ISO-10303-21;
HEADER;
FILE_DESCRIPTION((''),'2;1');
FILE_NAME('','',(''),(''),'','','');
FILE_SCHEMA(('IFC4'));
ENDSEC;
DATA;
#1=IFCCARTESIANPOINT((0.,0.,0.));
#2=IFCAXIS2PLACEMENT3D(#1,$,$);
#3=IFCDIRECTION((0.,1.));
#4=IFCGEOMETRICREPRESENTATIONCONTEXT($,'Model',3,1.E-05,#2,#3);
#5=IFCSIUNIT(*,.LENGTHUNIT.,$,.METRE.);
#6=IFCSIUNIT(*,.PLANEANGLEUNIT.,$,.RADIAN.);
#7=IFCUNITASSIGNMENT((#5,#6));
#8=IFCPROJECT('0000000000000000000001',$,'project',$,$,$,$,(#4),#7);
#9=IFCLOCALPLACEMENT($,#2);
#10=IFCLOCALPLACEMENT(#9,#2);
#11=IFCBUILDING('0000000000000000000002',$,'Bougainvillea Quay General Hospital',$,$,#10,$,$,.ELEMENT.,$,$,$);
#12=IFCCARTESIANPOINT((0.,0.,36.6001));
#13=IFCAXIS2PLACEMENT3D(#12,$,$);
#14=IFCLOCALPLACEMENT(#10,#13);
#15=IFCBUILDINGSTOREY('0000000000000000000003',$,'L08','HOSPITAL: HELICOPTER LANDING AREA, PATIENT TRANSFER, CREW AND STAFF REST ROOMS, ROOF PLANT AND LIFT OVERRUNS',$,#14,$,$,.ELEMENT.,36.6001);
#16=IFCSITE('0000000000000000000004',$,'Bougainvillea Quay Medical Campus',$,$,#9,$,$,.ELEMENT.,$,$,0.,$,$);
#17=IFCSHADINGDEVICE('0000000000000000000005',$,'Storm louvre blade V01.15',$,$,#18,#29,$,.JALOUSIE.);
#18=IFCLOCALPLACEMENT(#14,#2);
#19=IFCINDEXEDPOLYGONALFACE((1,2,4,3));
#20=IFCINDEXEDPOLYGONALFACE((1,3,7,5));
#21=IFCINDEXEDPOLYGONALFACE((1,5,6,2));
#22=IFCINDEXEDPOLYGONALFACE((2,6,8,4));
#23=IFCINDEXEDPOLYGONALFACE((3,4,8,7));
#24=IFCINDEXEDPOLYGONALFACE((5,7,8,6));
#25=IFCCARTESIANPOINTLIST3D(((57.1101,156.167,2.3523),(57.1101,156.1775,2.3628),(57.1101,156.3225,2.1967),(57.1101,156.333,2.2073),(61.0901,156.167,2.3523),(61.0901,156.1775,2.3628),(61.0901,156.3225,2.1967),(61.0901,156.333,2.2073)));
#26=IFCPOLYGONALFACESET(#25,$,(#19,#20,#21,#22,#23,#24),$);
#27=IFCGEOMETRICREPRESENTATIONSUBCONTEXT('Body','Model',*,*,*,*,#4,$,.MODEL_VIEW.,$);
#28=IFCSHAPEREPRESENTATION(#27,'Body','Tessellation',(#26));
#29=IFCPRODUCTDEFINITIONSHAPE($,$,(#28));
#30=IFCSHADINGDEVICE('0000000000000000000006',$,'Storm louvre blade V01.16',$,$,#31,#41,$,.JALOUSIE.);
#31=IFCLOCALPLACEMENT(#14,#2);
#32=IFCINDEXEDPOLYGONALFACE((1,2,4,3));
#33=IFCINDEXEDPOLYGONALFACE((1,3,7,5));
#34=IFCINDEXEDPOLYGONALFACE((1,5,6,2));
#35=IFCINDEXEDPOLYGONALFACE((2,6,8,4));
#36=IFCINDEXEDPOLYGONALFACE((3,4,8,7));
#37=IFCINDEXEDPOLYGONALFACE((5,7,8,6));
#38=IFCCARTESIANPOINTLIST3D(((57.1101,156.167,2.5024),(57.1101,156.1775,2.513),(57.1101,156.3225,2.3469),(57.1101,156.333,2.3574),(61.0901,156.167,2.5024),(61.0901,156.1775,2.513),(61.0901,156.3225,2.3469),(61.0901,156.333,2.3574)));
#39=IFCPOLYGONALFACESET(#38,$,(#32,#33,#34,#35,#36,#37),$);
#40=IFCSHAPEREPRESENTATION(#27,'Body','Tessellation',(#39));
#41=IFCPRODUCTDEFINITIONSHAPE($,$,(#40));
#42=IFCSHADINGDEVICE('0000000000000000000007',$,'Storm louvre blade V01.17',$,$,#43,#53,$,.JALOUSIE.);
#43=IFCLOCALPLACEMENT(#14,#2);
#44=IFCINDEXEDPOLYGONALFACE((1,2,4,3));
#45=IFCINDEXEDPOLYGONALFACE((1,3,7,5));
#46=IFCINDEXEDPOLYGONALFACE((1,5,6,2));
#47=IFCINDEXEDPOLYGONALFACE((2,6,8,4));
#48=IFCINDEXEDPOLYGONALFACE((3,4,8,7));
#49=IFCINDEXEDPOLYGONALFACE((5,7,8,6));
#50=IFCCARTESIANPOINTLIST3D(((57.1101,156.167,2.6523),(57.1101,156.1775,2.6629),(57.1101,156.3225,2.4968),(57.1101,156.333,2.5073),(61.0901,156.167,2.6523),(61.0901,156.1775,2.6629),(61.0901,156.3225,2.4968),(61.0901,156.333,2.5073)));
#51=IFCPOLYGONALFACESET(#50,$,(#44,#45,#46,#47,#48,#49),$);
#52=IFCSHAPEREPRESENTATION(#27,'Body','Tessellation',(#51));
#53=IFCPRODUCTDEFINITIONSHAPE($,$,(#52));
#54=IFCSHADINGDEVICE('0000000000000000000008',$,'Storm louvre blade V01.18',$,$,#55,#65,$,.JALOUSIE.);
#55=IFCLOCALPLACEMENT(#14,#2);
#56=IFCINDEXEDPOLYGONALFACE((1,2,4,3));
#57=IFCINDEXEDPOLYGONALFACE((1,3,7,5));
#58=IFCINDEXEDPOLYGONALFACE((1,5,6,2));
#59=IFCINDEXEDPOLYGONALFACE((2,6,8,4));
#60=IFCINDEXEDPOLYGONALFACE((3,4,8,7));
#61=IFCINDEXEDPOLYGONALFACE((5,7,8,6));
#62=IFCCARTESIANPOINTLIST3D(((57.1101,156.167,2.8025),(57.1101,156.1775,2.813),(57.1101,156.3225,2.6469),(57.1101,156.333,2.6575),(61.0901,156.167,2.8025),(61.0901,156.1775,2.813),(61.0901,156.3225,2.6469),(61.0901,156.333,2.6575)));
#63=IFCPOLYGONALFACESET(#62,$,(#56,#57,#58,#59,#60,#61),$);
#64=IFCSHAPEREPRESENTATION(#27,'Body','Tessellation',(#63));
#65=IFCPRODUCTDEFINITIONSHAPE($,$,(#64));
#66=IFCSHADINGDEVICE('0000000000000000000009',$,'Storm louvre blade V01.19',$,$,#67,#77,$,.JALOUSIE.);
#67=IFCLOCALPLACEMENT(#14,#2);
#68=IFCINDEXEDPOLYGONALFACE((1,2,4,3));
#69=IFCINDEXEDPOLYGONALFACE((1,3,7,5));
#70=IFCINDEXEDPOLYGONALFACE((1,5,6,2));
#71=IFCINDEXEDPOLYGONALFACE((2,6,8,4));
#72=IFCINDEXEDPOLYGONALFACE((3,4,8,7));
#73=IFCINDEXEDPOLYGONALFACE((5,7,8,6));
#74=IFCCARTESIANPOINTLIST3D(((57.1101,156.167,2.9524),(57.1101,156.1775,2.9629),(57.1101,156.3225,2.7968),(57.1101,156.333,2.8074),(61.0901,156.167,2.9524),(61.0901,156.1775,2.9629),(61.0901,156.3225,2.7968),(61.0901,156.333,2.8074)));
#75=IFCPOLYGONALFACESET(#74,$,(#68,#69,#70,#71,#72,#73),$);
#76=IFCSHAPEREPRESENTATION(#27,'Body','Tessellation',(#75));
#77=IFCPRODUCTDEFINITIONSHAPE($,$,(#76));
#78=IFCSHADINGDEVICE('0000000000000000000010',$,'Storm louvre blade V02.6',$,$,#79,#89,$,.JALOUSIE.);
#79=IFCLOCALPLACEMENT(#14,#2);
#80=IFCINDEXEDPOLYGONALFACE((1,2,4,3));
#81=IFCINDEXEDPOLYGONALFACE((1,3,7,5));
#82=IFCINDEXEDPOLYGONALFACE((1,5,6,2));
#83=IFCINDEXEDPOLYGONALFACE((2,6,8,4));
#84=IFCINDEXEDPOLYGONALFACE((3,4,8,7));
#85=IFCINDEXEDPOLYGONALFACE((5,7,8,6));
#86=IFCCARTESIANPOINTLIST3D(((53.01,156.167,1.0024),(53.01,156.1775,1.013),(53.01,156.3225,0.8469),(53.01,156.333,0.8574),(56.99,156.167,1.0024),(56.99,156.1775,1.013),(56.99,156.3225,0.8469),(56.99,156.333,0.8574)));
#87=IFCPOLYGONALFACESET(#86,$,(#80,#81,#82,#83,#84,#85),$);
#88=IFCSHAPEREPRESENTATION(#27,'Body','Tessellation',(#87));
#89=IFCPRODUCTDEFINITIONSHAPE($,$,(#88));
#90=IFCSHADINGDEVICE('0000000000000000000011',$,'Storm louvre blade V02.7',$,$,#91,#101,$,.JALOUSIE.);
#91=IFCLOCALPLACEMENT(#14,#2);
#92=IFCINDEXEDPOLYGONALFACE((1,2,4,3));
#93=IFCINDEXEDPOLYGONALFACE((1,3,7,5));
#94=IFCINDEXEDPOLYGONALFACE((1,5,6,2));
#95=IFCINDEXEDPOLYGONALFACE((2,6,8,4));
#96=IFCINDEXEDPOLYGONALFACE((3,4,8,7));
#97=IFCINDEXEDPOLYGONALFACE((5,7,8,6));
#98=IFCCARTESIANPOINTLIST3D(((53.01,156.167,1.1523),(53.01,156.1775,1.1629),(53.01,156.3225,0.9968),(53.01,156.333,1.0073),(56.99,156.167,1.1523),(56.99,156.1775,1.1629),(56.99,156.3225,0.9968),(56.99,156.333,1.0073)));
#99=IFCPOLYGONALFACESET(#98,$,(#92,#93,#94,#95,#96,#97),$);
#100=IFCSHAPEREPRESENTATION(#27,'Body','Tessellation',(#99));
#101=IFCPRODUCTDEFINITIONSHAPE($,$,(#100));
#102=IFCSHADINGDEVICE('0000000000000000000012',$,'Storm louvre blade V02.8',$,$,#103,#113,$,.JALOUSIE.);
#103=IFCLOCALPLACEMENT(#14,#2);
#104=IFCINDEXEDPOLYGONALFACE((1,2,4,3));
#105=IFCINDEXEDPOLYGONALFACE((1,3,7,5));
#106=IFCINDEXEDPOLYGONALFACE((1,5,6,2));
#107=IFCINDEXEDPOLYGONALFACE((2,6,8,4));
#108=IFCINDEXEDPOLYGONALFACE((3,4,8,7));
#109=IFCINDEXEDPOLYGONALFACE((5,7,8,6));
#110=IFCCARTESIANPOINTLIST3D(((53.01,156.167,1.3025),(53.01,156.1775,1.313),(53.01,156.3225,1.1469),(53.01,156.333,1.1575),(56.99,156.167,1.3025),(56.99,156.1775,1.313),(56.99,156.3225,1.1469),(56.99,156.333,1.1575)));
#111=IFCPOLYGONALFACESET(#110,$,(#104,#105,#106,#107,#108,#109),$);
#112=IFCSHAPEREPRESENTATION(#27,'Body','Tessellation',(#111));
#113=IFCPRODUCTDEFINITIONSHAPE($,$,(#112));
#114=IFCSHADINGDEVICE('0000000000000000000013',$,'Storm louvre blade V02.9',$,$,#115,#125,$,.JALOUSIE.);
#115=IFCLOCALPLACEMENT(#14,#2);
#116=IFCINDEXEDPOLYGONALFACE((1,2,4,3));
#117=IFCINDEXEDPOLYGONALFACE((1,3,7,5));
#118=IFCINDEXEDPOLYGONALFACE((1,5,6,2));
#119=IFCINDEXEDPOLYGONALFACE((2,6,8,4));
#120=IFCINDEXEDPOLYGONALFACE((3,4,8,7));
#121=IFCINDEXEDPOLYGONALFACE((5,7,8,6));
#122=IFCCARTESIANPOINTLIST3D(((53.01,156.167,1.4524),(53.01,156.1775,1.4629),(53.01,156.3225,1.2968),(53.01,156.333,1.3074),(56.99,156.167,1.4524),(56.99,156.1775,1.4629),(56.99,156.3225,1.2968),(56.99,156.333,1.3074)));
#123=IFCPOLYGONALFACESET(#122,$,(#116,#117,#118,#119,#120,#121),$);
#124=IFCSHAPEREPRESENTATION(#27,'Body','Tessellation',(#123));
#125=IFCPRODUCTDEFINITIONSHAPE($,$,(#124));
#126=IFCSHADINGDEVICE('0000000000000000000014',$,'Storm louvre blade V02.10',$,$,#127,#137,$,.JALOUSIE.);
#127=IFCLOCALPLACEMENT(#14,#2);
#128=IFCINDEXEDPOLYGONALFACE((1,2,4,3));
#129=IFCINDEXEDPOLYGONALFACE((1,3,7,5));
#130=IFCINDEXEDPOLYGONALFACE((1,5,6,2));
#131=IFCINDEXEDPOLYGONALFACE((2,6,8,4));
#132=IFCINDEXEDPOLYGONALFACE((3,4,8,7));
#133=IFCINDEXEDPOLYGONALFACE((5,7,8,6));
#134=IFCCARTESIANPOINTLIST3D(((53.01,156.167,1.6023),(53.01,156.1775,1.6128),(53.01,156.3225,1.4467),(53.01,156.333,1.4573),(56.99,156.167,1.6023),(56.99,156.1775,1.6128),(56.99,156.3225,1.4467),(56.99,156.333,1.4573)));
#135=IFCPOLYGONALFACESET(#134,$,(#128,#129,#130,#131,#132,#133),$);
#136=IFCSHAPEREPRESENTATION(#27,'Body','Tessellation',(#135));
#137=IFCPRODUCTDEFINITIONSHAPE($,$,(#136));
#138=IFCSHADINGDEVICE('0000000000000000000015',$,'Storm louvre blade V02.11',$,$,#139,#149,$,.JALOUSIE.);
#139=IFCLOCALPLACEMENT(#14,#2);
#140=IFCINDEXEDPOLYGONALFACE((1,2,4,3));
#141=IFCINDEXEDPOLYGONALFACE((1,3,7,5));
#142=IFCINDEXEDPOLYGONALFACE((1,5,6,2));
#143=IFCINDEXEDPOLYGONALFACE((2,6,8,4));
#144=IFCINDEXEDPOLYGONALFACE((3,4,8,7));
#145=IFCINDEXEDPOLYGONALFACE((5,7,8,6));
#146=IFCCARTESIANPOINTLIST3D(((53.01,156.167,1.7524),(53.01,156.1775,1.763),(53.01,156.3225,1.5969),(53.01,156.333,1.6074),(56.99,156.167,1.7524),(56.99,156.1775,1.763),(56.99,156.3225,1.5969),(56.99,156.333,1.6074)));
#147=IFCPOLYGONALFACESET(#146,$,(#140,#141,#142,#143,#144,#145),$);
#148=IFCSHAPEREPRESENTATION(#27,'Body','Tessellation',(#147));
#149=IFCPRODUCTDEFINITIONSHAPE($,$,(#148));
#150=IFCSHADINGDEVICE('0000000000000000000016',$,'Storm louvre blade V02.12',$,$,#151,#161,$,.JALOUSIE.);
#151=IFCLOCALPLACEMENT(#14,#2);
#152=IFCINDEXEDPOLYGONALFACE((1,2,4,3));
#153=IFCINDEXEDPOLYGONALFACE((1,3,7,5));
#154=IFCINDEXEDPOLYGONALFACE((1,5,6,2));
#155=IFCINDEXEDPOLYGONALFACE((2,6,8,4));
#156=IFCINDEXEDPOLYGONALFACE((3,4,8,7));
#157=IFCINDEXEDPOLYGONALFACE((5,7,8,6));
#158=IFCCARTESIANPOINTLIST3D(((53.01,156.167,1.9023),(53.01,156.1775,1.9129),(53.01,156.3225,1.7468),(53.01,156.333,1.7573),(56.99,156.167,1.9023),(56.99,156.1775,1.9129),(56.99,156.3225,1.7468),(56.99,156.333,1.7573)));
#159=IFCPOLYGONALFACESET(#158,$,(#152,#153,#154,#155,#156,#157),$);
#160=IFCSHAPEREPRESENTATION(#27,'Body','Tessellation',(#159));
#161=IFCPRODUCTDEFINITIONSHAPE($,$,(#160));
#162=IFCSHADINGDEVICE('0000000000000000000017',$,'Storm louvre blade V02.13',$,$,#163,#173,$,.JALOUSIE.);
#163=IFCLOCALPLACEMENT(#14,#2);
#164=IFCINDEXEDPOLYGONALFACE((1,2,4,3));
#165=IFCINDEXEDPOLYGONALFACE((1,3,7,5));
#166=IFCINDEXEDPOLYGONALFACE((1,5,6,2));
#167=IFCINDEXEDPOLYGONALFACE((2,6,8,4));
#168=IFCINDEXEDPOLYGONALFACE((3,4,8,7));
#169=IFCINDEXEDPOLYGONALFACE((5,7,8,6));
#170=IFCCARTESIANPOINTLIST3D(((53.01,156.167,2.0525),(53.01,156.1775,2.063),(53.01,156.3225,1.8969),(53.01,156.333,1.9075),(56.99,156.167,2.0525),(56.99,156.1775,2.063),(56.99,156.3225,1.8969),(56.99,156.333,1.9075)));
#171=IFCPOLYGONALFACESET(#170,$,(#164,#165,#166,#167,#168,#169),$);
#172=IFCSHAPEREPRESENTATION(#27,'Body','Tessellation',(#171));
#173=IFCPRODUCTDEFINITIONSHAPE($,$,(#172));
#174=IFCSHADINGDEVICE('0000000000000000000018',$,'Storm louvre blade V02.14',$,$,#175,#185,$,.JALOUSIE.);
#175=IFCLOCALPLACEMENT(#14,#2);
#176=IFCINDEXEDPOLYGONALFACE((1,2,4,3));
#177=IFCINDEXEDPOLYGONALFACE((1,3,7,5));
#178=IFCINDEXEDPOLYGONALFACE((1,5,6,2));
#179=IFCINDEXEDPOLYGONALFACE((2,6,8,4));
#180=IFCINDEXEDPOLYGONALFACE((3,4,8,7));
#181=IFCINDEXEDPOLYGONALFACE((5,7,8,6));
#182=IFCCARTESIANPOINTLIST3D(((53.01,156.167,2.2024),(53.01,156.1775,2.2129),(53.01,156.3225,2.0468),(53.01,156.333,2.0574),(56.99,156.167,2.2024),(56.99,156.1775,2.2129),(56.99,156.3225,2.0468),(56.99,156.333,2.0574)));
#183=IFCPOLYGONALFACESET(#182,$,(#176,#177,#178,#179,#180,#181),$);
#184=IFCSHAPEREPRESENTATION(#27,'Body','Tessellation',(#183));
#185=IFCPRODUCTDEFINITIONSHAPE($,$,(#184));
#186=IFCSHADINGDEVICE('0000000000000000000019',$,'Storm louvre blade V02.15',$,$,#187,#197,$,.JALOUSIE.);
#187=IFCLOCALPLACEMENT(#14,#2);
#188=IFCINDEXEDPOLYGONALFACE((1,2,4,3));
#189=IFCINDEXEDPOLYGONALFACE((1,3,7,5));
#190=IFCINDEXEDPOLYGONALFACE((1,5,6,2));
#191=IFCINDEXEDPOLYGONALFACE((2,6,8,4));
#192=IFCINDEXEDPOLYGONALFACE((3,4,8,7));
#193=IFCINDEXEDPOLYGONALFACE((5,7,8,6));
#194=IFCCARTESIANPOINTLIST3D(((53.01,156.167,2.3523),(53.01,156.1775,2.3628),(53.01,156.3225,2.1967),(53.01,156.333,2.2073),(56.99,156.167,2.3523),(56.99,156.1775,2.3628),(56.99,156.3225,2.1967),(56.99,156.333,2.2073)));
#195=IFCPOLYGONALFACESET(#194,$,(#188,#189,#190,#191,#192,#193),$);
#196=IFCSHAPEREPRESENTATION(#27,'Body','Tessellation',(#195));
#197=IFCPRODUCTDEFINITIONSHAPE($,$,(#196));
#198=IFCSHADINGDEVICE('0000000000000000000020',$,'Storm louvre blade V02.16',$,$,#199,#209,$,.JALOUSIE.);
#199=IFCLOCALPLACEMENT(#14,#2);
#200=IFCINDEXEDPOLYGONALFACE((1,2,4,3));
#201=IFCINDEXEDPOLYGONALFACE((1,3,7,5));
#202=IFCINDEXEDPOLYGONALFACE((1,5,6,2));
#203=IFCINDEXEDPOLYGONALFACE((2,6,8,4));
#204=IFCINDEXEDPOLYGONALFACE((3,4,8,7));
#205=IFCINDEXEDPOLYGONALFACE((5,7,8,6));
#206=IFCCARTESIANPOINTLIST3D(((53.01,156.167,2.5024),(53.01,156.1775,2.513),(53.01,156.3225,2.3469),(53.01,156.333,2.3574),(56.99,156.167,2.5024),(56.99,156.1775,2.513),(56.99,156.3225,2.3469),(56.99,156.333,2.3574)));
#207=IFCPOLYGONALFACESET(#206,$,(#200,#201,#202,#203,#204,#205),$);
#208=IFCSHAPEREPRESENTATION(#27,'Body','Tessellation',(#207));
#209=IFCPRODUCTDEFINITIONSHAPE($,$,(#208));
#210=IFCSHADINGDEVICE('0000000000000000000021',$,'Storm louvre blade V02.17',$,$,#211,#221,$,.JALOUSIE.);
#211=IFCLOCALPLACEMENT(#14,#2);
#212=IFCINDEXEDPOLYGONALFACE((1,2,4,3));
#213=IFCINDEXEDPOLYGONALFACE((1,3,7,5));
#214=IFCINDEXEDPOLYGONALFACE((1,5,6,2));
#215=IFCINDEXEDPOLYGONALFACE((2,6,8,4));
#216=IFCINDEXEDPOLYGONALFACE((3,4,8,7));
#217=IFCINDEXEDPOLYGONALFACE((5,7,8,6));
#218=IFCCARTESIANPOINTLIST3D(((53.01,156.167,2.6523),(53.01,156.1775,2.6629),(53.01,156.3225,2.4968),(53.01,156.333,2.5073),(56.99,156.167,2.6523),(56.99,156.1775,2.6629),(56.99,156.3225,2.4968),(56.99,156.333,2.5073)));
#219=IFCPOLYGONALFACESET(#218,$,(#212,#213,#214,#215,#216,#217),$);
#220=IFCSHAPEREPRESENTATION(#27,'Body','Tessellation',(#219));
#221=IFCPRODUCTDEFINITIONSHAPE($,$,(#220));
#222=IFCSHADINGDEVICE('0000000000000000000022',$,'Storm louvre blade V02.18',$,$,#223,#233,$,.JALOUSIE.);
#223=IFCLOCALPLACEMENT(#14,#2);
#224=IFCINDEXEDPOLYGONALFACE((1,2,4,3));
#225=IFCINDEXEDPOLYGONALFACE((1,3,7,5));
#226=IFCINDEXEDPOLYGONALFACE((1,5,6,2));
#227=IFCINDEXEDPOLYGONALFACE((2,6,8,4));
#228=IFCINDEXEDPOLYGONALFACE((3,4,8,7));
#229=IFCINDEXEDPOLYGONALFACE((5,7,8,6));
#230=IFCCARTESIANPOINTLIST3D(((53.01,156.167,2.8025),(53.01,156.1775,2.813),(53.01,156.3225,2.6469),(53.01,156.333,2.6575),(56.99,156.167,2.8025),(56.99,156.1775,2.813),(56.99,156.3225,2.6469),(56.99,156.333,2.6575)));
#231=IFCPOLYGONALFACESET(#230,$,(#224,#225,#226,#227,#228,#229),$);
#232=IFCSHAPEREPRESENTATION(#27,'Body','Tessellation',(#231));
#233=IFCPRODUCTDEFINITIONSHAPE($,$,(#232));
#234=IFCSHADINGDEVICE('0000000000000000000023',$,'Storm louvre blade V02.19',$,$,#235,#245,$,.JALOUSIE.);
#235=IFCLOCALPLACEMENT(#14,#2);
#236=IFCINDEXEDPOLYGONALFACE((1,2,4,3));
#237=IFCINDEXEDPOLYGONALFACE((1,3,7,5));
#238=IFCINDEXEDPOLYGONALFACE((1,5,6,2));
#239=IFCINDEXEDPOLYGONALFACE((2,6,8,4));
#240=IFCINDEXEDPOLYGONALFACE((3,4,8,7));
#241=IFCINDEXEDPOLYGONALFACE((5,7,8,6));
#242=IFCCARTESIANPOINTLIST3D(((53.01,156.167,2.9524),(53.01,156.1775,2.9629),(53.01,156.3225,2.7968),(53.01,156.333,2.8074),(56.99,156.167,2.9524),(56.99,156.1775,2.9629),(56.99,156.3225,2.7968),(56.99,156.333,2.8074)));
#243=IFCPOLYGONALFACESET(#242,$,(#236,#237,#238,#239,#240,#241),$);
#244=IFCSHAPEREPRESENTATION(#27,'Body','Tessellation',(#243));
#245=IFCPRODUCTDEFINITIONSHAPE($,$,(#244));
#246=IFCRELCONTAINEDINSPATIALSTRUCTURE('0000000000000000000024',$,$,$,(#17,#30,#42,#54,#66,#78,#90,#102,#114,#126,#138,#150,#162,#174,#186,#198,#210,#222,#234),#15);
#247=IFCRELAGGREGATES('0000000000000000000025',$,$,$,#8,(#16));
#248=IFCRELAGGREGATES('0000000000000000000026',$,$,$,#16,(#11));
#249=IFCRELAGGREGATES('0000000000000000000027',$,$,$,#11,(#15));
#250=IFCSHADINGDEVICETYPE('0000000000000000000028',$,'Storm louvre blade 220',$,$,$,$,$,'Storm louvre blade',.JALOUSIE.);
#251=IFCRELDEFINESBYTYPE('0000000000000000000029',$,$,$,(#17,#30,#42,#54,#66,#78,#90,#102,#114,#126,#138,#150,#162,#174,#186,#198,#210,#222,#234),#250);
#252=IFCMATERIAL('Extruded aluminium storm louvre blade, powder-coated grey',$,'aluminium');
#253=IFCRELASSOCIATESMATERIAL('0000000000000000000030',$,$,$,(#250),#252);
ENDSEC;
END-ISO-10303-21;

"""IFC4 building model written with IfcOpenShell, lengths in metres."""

from ifc_helpers import new_model, si_unit, direction, frame, origin, origin_2d, place, context, subcontext, project, spatial, rectangle, extrude, material, material_profile, profile_set, type_object, element, save


model = new_model("IFC4")

# Units and contexts
model_context = context("Model", 3, precision=1e-05, world=origin(), true_north=direction((0.0, 1.0)))
body_context = subcontext(model_context, "Body", "Model", "MODEL_VIEW")
ifc_project = project(units=[si_unit("LENGTHUNIT", "METRE"), si_unit("PLANEANGLEUNIT", "RADIAN")], contexts=[model_context])

# Site, building, storey
site_placement = place(None, origin())
site = spatial("IfcSite", under=ifc_project, at=site_placement, Name="Bougainvillea Quay Medical Campus", CompositionType="ELEMENT", RefElevation=0.0)
building_placement = place(site_placement, origin())
building = spatial("IfcBuilding", under=site, at=building_placement, Name="Bougainvillea Quay General Hospital", CompositionType="ELEMENT")
storey_placement = place(building_placement, frame((0.0, 0.0, 36.6001)))
storey = spatial("IfcBuildingStorey", under=building, at=storey_placement, Name="L08", Description="HOSPITAL: HELICOPTER LANDING AREA, PATIENT TRANSFER, CREW AND STAFF REST ROOMS, ROOF PLANT AND LIFT OVERRUNS", CompositionType="ELEMENT", Elevation=36.6001)

# Shading devices
ifc_material_1 = material(Name="Extruded aluminium storm louvre blade, powder-coated grey", Category="aluminium")
ifc_material_profile_1 = material_profile(ifc_material_1, rectangle(XDim=0.22, YDim=0.0149, at=origin_2d()))
ifc_profile_set_1 = profile_set([ifc_material_profile_1], Name="Extruded aluminium storm louvre blade, powder-coated grey")
shading_device_type_1 = type_object("IfcShadingDeviceType", Name="Storm louvre blade 220", ElementType="Storm louvre blade", PredefinedType="JALOUSIE", material=ifc_profile_set_1)
for number, where, z_axis, x_axis, name in (
    (1, (61.0901, 156.25, 2.2798), (-1.0, 0.0, 0.0), (0.0, -0.707107, 0.707107), "Storm louvre blade V01.15"),
    (2, (61.0901, 156.25, 2.4299), (-1.0, 0.0, 0.0), (0.0, -0.707107, 0.707107), "Storm louvre blade V01.16"),
    (3, (61.0901, 156.25, 2.5798), (-1.0, 0.0, 0.0), (0.0, -0.707107, 0.707107), "Storm louvre blade V01.17"),
    (4, (61.0901, 156.25, 2.73), (-1.0, 0.0, 0.0), (0.0, -0.707107, 0.707107), "Storm louvre blade V01.18"),
    (5, (61.0901, 156.25, 2.8799), (-1.0, 0.0, 0.0), (0.0, -0.707107, 0.707107), "Storm louvre blade V01.19"),
    (6, (56.99, 156.25, 0.9299), (-1.0, 0.0, 0.0), (0.0, -0.707107, 0.707107), "Storm louvre blade V02.6"),
    (7, (56.99, 156.25, 1.0798), (-1.0, 0.0, 0.0), (0.0, -0.707107, 0.707107), "Storm louvre blade V02.7"),
    (8, (56.99, 156.25, 1.23), (-1.0, 0.0, 0.0), (0.0, -0.707107, 0.707107), "Storm louvre blade V02.8"),
    (9, (56.99, 156.25, 1.3799), (-1.0, 0.0, 0.0), (0.0, -0.707107, 0.707107), "Storm louvre blade V02.9"),
    (10, (56.99, 156.25, 1.5298), (-1.0, 0.0, 0.0), (0.0, -0.707107, 0.707107), "Storm louvre blade V02.10"),
    (11, (56.99, 156.25, 1.6799), (-1.0, 0.0, 0.0), (0.0, -0.707107, 0.707107), "Storm louvre blade V02.11"),
    (12, (56.99, 156.25, 1.8298), (-1.0, 0.0, 0.0), (0.0, -0.707107, 0.707107), "Storm louvre blade V02.12"),
    (13, (56.99, 156.25, 1.98), (-1.0, 0.0, 0.0), (0.0, -0.707107, 0.707107), "Storm louvre blade V02.13"),
    (14, (56.99, 156.25, 2.1299), (-1.0, 0.0, 0.0), (0.0, -0.707107, 0.707107), "Storm louvre blade V02.14"),
    (15, (56.99, 156.25, 2.2798), (-1.0, 0.0, 0.0), (0.0, -0.707107, 0.707107), "Storm louvre blade V02.15"),
    (16, (56.99, 156.25, 2.4299), (-1.0, 0.0, 0.0), (0.0, -0.707107, 0.707107), "Storm louvre blade V02.16"),
    (17, (56.99, 156.25, 2.5798), (-1.0, 0.0, 0.0), (0.0, -0.707107, 0.707107), "Storm louvre blade V02.17"),
    (18, (56.99, 156.25, 2.73), (-1.0, 0.0, 0.0), (0.0, -0.707107, 0.707107), "Storm louvre blade V02.18"),
    (19, (56.99, 156.25, 2.8799), (-1.0, 0.0, 0.0), (0.0, -0.707107, 0.707107), "Storm louvre blade V02.19"),
):
    element("IfcShadingDevice", number, at=place(storey_placement, frame(where, z_axis=z_axis, x_axis=x_axis)), inside=storey, type_object=shading_device_type_1, Name=name, PredefinedType="JALOUSIE", context=body_context, shape_type="SweptSolid", body=[
        extrude(rectangle(XDim=0.22, YDim=0.0149, at=origin_2d()), origin(), (0.0, 0.0, 1.0), 3.98),
    ])

save(model, "model.ifc")
